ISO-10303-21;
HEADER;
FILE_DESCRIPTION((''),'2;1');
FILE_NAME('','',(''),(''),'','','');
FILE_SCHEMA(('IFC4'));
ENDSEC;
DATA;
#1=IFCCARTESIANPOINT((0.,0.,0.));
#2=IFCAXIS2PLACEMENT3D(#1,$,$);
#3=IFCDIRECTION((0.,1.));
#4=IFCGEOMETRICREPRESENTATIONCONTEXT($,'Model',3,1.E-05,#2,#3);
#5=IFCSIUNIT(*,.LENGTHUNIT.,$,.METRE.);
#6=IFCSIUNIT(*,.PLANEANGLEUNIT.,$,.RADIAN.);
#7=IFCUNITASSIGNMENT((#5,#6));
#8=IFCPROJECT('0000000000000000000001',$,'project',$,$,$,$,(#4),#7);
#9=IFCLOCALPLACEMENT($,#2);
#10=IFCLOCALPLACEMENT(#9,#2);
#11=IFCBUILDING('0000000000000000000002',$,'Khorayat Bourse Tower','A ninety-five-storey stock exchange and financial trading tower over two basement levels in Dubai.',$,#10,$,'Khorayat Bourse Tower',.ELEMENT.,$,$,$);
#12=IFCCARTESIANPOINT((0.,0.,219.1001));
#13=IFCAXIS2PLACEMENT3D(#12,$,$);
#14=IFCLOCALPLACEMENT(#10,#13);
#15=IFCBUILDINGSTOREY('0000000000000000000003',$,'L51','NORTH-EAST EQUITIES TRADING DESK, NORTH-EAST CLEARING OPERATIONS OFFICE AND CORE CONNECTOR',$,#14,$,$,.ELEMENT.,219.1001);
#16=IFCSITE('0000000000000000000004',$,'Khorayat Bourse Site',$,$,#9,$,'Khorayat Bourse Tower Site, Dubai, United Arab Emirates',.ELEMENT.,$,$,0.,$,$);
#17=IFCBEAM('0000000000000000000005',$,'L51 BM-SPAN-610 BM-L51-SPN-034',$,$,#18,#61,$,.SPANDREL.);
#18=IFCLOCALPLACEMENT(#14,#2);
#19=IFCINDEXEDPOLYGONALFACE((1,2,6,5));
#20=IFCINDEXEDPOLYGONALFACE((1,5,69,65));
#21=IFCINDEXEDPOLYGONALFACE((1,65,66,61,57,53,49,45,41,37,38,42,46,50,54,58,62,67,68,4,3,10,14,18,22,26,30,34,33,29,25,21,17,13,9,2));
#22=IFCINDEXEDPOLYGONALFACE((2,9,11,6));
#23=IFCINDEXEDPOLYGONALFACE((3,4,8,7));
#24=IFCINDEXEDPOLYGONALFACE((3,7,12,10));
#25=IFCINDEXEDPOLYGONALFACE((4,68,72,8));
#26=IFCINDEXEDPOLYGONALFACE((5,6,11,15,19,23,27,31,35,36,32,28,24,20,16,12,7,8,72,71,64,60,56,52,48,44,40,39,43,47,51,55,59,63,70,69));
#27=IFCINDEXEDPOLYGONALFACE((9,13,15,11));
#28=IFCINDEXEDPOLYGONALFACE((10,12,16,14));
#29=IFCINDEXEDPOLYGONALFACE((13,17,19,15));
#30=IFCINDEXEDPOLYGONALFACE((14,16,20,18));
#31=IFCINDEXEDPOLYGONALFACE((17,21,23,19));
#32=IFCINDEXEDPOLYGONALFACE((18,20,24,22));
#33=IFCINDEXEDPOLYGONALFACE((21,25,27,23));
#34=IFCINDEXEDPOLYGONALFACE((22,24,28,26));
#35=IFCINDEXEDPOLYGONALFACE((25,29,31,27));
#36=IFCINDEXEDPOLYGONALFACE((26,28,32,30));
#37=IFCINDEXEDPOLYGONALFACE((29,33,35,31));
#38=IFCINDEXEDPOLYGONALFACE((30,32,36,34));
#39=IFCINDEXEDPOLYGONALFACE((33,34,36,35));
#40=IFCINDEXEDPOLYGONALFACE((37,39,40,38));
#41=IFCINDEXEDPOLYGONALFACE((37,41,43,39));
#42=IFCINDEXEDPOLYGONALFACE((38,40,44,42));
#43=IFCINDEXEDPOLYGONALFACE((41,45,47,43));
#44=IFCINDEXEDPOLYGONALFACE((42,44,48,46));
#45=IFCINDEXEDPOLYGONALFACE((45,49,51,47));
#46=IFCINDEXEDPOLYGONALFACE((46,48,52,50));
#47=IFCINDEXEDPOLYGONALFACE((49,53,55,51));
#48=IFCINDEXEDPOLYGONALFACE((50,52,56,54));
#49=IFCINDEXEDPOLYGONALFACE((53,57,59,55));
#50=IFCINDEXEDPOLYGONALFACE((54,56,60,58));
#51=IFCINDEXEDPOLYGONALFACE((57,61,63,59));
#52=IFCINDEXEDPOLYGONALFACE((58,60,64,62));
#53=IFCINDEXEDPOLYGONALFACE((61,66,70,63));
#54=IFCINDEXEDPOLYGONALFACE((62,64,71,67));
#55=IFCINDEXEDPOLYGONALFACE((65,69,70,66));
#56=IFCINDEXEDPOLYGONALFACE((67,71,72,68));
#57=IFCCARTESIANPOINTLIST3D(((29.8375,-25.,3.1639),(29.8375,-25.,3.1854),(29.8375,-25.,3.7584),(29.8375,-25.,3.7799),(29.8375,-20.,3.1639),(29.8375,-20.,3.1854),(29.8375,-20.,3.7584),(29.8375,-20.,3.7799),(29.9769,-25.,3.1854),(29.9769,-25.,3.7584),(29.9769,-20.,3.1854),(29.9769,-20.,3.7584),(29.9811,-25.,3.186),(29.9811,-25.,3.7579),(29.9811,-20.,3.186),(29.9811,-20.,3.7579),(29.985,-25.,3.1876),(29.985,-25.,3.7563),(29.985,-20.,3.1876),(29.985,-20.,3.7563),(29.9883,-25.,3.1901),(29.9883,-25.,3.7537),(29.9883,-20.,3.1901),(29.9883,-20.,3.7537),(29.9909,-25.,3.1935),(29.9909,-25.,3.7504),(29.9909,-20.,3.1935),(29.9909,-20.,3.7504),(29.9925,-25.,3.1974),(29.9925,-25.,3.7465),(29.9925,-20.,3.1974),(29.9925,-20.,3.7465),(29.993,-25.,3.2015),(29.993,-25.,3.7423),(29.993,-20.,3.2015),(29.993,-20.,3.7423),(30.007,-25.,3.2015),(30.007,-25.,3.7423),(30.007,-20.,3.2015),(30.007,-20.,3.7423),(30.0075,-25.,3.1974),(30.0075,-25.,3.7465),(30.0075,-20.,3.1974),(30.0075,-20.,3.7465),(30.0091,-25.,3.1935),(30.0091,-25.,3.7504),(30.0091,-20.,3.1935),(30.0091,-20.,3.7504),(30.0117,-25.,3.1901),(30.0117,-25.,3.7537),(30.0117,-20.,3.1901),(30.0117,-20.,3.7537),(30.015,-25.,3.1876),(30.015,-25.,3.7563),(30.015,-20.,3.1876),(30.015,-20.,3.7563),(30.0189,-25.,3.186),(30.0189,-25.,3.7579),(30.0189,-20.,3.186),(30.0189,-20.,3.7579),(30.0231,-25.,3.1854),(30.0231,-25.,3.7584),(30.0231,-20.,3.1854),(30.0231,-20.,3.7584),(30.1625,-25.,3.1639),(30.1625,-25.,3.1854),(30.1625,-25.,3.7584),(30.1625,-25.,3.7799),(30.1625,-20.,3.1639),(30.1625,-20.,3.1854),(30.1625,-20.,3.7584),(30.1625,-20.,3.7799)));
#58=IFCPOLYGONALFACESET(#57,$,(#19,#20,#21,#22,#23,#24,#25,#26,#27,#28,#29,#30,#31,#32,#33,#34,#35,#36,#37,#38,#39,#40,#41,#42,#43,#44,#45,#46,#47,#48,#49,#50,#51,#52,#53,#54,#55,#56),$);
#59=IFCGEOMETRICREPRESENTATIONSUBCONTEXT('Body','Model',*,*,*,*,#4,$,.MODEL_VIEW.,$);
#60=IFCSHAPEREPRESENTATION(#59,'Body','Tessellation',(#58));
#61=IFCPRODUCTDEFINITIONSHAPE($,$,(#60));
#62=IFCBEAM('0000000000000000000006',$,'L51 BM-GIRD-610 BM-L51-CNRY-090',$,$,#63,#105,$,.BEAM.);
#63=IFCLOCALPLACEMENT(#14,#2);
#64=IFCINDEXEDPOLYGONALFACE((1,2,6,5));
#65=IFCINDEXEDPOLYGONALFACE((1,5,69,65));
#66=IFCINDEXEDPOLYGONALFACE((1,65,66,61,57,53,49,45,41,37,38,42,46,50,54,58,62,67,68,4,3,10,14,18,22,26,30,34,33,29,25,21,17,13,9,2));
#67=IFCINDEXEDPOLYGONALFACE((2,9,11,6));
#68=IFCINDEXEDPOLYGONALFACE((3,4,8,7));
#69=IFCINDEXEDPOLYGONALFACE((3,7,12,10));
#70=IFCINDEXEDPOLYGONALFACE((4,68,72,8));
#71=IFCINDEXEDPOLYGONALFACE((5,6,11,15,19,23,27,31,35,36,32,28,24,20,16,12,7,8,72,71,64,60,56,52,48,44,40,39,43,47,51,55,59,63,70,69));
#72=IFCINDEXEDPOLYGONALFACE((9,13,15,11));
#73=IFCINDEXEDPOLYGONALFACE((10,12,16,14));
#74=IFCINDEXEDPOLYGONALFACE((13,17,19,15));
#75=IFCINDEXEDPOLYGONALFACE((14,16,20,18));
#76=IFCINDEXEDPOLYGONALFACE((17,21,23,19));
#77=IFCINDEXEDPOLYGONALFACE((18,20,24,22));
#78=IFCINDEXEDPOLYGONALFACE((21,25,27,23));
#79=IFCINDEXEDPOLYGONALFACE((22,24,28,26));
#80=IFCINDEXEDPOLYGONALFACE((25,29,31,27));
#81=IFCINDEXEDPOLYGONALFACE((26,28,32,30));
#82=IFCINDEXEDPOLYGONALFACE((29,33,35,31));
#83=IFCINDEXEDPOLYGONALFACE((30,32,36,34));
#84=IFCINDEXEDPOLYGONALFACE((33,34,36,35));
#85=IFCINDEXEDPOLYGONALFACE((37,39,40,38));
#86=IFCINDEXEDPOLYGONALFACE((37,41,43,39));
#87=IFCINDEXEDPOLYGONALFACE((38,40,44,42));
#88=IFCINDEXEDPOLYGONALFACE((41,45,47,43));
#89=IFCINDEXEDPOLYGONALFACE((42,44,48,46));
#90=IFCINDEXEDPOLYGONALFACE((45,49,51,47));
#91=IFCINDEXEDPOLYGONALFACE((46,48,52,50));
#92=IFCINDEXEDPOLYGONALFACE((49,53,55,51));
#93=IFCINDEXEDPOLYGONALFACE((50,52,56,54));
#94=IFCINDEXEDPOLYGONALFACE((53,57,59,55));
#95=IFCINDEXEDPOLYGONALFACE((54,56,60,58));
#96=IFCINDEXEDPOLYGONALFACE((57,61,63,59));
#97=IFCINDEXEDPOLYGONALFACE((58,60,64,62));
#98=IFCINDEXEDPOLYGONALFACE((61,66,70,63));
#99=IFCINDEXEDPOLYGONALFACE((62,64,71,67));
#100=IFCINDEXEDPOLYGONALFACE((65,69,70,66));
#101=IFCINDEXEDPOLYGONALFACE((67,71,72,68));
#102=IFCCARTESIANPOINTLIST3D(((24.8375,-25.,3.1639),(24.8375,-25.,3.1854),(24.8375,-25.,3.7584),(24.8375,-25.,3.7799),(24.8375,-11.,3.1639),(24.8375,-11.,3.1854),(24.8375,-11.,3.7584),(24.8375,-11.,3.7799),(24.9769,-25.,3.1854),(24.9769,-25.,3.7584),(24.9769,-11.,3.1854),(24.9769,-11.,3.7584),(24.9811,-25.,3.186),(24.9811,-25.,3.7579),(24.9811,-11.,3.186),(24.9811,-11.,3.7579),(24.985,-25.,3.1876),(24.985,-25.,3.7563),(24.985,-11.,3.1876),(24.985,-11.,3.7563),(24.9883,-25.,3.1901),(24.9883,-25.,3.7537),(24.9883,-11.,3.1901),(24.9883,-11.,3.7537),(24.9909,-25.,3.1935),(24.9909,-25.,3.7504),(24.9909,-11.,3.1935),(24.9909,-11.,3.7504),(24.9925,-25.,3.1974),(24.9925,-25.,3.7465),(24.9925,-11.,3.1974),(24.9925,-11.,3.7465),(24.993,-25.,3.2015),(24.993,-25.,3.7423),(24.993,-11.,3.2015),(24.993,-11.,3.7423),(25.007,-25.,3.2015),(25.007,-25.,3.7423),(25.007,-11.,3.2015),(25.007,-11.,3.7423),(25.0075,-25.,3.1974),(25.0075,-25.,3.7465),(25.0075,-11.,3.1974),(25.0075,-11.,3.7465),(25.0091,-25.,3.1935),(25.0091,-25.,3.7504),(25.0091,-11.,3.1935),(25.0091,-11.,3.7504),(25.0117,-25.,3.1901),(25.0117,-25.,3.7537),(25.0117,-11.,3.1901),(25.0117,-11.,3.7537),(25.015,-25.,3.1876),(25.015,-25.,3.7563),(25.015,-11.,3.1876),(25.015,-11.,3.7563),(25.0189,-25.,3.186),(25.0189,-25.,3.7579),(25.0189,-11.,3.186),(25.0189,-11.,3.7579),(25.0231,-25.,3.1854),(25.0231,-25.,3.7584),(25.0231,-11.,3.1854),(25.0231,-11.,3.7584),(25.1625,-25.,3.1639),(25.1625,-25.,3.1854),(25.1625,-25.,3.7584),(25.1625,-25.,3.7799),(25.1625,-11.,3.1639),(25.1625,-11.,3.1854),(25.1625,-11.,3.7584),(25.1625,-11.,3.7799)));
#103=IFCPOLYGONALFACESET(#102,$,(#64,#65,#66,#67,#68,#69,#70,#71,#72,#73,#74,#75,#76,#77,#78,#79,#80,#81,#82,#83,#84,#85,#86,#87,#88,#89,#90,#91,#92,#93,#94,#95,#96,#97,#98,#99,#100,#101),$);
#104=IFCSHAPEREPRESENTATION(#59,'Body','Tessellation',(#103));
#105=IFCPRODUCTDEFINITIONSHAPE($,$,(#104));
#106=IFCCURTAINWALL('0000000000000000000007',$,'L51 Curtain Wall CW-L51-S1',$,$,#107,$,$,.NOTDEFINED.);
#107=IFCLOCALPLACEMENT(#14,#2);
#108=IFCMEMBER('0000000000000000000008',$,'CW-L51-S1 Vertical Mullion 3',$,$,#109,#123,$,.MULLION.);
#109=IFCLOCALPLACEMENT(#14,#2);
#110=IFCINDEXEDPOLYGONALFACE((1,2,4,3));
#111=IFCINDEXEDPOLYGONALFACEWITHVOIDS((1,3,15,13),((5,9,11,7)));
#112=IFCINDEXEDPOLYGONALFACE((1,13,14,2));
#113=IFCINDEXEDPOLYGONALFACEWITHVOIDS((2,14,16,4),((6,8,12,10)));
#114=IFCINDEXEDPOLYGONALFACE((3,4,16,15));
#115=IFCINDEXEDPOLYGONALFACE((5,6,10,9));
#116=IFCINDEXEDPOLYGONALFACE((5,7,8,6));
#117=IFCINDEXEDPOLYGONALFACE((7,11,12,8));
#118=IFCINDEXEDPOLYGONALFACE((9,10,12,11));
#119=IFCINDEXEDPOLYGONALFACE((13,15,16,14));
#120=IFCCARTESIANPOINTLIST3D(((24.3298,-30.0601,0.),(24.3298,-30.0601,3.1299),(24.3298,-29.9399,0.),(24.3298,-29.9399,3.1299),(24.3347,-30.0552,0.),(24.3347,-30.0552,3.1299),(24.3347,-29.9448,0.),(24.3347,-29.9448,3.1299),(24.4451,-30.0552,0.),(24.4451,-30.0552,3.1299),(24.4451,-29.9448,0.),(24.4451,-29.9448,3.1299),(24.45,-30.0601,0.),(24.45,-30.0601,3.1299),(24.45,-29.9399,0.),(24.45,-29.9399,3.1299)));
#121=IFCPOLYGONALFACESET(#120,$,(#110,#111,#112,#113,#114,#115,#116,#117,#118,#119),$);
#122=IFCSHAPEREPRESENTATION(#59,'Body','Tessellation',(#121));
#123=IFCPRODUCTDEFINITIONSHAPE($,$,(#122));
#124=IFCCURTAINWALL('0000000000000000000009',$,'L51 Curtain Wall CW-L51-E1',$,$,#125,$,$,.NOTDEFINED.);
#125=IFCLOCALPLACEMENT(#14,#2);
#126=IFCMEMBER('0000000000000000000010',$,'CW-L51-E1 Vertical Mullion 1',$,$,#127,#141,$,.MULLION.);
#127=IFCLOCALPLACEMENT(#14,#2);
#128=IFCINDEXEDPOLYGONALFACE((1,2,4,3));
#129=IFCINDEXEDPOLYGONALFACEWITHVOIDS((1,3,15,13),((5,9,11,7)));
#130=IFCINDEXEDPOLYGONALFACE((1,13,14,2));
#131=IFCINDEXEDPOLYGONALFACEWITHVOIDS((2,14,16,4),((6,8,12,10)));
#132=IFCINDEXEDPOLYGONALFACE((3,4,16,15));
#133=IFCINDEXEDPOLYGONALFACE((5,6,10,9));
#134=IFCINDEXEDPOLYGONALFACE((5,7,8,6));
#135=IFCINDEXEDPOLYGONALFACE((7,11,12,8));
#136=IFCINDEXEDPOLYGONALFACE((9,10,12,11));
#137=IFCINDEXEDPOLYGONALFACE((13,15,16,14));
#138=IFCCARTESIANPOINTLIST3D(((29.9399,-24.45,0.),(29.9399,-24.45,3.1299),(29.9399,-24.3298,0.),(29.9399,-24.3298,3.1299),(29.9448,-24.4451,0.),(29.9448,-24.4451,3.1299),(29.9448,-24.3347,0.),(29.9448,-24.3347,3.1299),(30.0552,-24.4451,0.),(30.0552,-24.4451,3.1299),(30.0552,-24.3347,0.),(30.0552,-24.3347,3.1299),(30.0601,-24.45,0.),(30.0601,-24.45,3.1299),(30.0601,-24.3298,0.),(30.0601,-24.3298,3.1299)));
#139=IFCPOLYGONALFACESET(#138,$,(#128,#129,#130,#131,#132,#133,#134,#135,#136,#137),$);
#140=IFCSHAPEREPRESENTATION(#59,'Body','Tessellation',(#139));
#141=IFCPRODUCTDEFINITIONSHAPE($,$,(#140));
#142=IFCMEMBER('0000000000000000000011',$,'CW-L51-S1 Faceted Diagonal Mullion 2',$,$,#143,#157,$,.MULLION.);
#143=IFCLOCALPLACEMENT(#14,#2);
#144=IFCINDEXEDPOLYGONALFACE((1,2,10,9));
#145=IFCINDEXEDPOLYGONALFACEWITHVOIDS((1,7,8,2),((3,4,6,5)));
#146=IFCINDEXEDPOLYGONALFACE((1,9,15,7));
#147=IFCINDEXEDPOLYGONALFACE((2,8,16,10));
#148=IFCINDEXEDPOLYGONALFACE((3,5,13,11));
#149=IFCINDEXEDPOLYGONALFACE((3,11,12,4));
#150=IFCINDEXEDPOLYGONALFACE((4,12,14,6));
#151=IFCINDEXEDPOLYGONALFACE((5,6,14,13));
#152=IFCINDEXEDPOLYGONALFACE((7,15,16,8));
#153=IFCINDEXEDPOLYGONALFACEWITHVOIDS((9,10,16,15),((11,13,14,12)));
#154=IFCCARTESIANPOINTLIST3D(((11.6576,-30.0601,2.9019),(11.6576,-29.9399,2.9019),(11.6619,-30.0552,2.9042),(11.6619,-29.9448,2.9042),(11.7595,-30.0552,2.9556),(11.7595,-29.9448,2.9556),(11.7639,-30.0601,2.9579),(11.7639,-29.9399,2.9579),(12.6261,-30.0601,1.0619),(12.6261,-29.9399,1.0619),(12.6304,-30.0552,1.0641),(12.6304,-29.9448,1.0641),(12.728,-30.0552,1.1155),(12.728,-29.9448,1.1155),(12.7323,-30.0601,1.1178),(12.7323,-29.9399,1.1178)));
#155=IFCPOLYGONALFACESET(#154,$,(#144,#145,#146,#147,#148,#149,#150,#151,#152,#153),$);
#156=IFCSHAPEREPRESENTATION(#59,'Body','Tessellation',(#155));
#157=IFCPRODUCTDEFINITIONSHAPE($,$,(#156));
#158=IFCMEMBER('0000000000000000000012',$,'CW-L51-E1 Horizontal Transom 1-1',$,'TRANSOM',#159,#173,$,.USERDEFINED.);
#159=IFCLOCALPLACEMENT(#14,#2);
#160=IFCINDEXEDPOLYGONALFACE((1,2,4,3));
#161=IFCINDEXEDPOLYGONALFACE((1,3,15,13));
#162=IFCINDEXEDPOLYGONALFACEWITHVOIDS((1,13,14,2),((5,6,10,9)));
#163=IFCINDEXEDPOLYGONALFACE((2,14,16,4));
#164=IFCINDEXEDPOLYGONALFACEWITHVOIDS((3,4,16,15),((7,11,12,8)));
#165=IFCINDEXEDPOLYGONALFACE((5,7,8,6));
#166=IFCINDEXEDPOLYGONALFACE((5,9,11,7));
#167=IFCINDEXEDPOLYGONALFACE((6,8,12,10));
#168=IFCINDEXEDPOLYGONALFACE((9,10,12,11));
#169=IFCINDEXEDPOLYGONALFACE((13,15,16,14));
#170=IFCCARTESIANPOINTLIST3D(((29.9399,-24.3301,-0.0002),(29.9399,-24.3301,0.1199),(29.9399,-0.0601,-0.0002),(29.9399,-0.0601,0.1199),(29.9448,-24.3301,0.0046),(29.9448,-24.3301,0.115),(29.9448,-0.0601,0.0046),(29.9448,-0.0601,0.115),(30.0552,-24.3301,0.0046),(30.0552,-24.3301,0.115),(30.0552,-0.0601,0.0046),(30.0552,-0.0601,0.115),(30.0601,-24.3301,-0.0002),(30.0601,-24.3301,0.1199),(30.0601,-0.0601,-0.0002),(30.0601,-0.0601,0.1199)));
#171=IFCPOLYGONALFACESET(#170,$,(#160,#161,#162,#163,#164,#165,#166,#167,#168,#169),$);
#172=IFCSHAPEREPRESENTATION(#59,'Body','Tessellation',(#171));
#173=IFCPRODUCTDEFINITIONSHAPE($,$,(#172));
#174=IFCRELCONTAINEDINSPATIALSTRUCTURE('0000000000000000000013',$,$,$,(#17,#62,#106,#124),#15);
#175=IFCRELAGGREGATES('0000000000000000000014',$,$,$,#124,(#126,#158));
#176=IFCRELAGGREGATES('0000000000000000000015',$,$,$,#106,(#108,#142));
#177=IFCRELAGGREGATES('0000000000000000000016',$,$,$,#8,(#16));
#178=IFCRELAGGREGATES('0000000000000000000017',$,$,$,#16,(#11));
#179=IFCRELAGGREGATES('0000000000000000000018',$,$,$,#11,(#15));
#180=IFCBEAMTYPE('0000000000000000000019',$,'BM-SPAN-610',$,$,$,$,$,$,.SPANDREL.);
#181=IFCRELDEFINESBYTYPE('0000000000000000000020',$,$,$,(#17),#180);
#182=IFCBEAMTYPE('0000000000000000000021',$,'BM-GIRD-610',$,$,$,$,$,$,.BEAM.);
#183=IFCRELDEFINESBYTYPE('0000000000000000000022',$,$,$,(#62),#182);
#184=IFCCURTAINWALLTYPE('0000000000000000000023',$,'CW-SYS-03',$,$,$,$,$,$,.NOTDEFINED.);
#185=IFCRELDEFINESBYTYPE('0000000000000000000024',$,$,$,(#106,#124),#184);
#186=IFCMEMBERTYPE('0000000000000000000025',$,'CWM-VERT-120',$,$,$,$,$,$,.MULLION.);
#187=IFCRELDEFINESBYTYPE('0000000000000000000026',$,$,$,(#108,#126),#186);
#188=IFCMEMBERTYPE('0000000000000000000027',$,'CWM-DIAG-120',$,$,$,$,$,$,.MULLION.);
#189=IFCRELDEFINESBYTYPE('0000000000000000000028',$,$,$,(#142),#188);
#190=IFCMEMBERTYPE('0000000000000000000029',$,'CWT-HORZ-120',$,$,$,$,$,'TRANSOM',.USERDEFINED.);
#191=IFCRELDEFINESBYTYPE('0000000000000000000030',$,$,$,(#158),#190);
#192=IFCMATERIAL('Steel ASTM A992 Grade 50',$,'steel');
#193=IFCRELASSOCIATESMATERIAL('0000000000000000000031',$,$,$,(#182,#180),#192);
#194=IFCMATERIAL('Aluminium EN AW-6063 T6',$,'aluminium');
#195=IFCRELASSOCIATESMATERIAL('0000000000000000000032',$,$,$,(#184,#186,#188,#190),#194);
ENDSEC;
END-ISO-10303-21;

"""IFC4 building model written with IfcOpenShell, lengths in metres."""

from ifc_helpers import new_model, si_unit, direction, frame, origin, origin_2d, place, context, subcontext, project, spatial, hollow_rectangle, i_section, extrude, source, transform, mapped, material, material_profile, profile_set, type_object, element, aggregate, save


model = new_model("IFC4")

# Units and contexts
model_context = context("Model", 3, precision=1e-05, world=origin(), true_north=direction((0.0, 1.0)))
body_context = subcontext(model_context, "Body", "Model", "MODEL_VIEW")
ifc_project = project(units=[si_unit("LENGTHUNIT", "METRE"), si_unit("PLANEANGLEUNIT", "RADIAN")], contexts=[model_context])

# Site, building, storey
site_placement = place(None, origin())
site = spatial("IfcSite", under=ifc_project, at=site_placement, Name="Khorayat Bourse Site", LongName="Khorayat Bourse Tower Site, Dubai, United Arab Emirates", CompositionType="ELEMENT", RefElevation=0.0)
building_placement = place(site_placement, origin())
building = spatial("IfcBuilding", under=site, at=building_placement, Name="Khorayat Bourse Tower", Description="A ninety-five-storey stock exchange and financial trading tower over two basement levels in Dubai.", LongName="Khorayat Bourse Tower", CompositionType="ELEMENT")
storey_placement = place(building_placement, frame((0.0, 0.0, 219.1001)))
storey = spatial("IfcBuildingStorey", under=building, at=storey_placement, Name="L51", Description="NORTH-EAST EQUITIES TRADING DESK, NORTH-EAST CLEARING OPERATIONS OFFICE AND CORE CONNECTOR", CompositionType="ELEMENT", Elevation=219.1001)

# Beams
ifc_material_1 = material(Name="Steel ASTM A992 Grade 50", Category="steel")
ifc_material_profile_1 = material_profile(ifc_material_1, i_section(OverallWidth=0.325, OverallDepth=0.616, WebThickness=0.0139, FlangeThickness=0.0215, FilletRadius=0.0161, at=origin_2d()), Name="W610X174")
ifc_profile_set_1 = profile_set([ifc_material_profile_1], Name="Steel ASTM A992 Grade 50")
beam_type_1 = type_object("IfcBeamType", Name="BM-GIRD-610", PredefinedType="BEAM", material=ifc_profile_set_1)
ifc_material_profile_2 = material_profile(ifc_material_1, i_section(OverallWidth=0.325, OverallDepth=0.616, WebThickness=0.0139, FlangeThickness=0.0215, FilletRadius=0.0161, at=origin_2d()), Name="W610X174")
ifc_profile_set_2 = profile_set([ifc_material_profile_2], Name="Steel ASTM A992 Grade 50")
beam_type_2 = type_object("IfcBeamType", Name="BM-SPAN-610", PredefinedType="SPANDREL", material=ifc_profile_set_2)
shared_shape_1 = source(origin(), body_context, "Body", "SweptSolid", [
    extrude(i_section(OverallWidth=0.325, OverallDepth=0.616, WebThickness=0.0139, FlangeThickness=0.0215, FilletRadius=0.0161, at=origin_2d()), origin(), (0.0, 0.0, 1.0), 5.0),
])
for number, where, z_axis, x_axis, name in (
    (1, (30.0, -25.0, 3.4719), (0.0, 1.0, 0.0), (-1.0, 0.0, 0.0), "L51 BM-SPAN-610 BM-L51-SPN-034"),
):
    element("IfcBeam", number, at=place(storey_placement, frame(where, z_axis=z_axis, x_axis=x_axis)), inside=storey, type_object=beam_type_2, Name=name, PredefinedType="SPANDREL", context=body_context, shape_type="MappedRepresentation", body=[
        mapped(shared_shape_1, transform((0.0, 0.0, 0.0), scale=1.0)),
    ])
shared_shape_2 = source(origin(), body_context, "Body", "SweptSolid", [
    extrude(i_section(OverallWidth=0.325, OverallDepth=0.616, WebThickness=0.0139, FlangeThickness=0.0215, FilletRadius=0.0161, at=origin_2d()), origin(), (0.0, 0.0, 1.0), 14.0),
])
beam_1_placement = place(storey_placement, frame((25.0, -25.0, 3.4719), z_axis=(0.0, 1.0, 0.0), x_axis=(-1.0, 0.0, 0.0)))
element("IfcBeam", 2, at=beam_1_placement, inside=storey, type_object=beam_type_1, Name="L51 BM-GIRD-610 BM-L51-CNRY-090", PredefinedType="BEAM", context=body_context, shape_type="MappedRepresentation", body=[
    mapped(shared_shape_2, transform((0.0, 0.0, 0.0), scale=1.0)),
])

# Curtain walls, members
ifc_material_2 = material(Name="Aluminium EN AW-6063 T6", Category="aluminium")
curtain_wall_type = type_object("IfcCurtainWallType", Name="CW-SYS-03", PredefinedType="NOTDEFINED", material=ifc_material_2)
curtain_wall_1_placement = place(storey_placement, origin())
curtain_wall_1 = element("IfcCurtainWall", 3, at=curtain_wall_1_placement, inside=storey, type_object=curtain_wall_type, Name="L51 Curtain Wall CW-L51-S1", PredefinedType="NOTDEFINED")
ifc_material_profile_3 = material_profile(ifc_material_2, hollow_rectangle(XDim=0.1201, YDim=0.1201, WallThickness=0.0049, at=origin_2d()), Name="ALU 120x120x5")
ifc_profile_set_3 = profile_set([ifc_material_profile_3], Name="Aluminium EN AW-6063 T6")
member_type_1 = type_object("IfcMemberType", Name="CWM-VERT-120", PredefinedType="MULLION", material=ifc_profile_set_3)
shared_shape_3 = source(origin(), body_context, "Body", "SweptSolid", [
    extrude(hollow_rectangle(XDim=0.1201, YDim=0.1201, WallThickness=0.0049, at=origin_2d()), origin(), (0.0, 0.0, 1.0), 3.1299),
])
member_1_placement = place(storey_placement, frame((24.3899, -30.0, 0.0), z_axis=(0.0, 0.0, 1.0), x_axis=(0.0, 1.0, 0.0)))
member_1 = element("IfcMember", 4, at=member_1_placement, type_object=member_type_1, Name="CW-L51-S1 Vertical Mullion 3", PredefinedType="MULLION", context=body_context, shape_type="MappedRepresentation", body=[
    mapped(shared_shape_3, transform((0.0, 0.0, 0.0), scale=1.0)),
])
curtain_wall_2_placement = place(storey_placement, origin())
curtain_wall_2 = element("IfcCurtainWall", 5, at=curtain_wall_2_placement, inside=storey, type_object=curtain_wall_type, Name="L51 Curtain Wall CW-L51-E1", PredefinedType="NOTDEFINED")
member_2_placement = place(storey_placement, frame((30.0, -24.3899, 0.0), z_axis=(0.0, 0.0, 1.0), x_axis=(-1.0, 0.0, 0.0)))
member_2 = element("IfcMember", 6, at=member_2_placement, type_object=member_type_1, Name="CW-L51-E1 Vertical Mullion 1", PredefinedType="MULLION", context=body_context, shape_type="MappedRepresentation", body=[
    mapped(shared_shape_3, transform((0.0, 0.0, 0.0), scale=1.0)),
])

# Members
ifc_material_profile_4 = material_profile(ifc_material_2, hollow_rectangle(XDim=0.1201, YDim=0.1201, WallThickness=0.0049, at=origin_2d()), Name="ALU 120x120x5")
ifc_profile_set_4 = profile_set([ifc_material_profile_4], Name="Aluminium EN AW-6063 T6")
member_type_2 = type_object("IfcMemberType", Name="CWM-DIAG-120", PredefinedType="MULLION", material=ifc_profile_set_4)
shared_shape_4 = source(origin(), body_context, "Body", "SweptSolid", [
    extrude(hollow_rectangle(XDim=0.1201, YDim=0.1201, WallThickness=0.0049, at=origin_2d()), origin(), (0.0, 0.0, 1.0), 2.0793),
])
member_3_placement = place(storey_placement, frame((12.6792, -30.0, 1.0898), z_axis=(-0.465761, 0.0, 0.884911), x_axis=(0.0, -1.0, 0.0)))
member_3 = element("IfcMember", 7, at=member_3_placement, type_object=member_type_2, Name="CW-L51-S1 Faceted Diagonal Mullion 2", PredefinedType="MULLION", context=body_context, shape_type="MappedRepresentation", body=[
    mapped(shared_shape_4, transform((0.0, 0.0, 0.0), scale=1.0)),
])
ifc_material_profile_5 = material_profile(ifc_material_2, hollow_rectangle(XDim=0.1201, YDim=0.1201, WallThickness=0.0049, at=origin_2d()), Name="ALU 120x120x5")
ifc_profile_set_5 = profile_set([ifc_material_profile_5], Name="Aluminium EN AW-6063 T6")
member_type_3 = type_object("IfcMemberType", Name="CWT-HORZ-120", ElementType="TRANSOM", PredefinedType="USERDEFINED", material=ifc_profile_set_5)
shared_shape_5 = source(origin(), body_context, "Body", "SweptSolid", [
    extrude(hollow_rectangle(XDim=0.1201, YDim=0.1201, WallThickness=0.0049, at=origin_2d()), origin(), (0.0, 0.0, 1.0), 24.27),
])
member_4_placement = place(storey_placement, frame((30.0, -24.3301, 0.0598), z_axis=(0.0, 1.0, 0.0), x_axis=(-1.0, 0.0, 0.0)))
member_4 = element("IfcMember", 8, at=member_4_placement, type_object=member_type_3, Name="CW-L51-E1 Horizontal Transom 1-1", ObjectType="TRANSOM", PredefinedType="USERDEFINED", context=body_context, shape_type="MappedRepresentation", body=[
    mapped(shared_shape_5, transform((0.0, 0.0, 0.0), scale=1.0)),
])
aggregate(curtain_wall_2, [member_2, member_4])

aggregate(curtain_wall_1, [member_1, member_3])

save(model, "model.ifc")
